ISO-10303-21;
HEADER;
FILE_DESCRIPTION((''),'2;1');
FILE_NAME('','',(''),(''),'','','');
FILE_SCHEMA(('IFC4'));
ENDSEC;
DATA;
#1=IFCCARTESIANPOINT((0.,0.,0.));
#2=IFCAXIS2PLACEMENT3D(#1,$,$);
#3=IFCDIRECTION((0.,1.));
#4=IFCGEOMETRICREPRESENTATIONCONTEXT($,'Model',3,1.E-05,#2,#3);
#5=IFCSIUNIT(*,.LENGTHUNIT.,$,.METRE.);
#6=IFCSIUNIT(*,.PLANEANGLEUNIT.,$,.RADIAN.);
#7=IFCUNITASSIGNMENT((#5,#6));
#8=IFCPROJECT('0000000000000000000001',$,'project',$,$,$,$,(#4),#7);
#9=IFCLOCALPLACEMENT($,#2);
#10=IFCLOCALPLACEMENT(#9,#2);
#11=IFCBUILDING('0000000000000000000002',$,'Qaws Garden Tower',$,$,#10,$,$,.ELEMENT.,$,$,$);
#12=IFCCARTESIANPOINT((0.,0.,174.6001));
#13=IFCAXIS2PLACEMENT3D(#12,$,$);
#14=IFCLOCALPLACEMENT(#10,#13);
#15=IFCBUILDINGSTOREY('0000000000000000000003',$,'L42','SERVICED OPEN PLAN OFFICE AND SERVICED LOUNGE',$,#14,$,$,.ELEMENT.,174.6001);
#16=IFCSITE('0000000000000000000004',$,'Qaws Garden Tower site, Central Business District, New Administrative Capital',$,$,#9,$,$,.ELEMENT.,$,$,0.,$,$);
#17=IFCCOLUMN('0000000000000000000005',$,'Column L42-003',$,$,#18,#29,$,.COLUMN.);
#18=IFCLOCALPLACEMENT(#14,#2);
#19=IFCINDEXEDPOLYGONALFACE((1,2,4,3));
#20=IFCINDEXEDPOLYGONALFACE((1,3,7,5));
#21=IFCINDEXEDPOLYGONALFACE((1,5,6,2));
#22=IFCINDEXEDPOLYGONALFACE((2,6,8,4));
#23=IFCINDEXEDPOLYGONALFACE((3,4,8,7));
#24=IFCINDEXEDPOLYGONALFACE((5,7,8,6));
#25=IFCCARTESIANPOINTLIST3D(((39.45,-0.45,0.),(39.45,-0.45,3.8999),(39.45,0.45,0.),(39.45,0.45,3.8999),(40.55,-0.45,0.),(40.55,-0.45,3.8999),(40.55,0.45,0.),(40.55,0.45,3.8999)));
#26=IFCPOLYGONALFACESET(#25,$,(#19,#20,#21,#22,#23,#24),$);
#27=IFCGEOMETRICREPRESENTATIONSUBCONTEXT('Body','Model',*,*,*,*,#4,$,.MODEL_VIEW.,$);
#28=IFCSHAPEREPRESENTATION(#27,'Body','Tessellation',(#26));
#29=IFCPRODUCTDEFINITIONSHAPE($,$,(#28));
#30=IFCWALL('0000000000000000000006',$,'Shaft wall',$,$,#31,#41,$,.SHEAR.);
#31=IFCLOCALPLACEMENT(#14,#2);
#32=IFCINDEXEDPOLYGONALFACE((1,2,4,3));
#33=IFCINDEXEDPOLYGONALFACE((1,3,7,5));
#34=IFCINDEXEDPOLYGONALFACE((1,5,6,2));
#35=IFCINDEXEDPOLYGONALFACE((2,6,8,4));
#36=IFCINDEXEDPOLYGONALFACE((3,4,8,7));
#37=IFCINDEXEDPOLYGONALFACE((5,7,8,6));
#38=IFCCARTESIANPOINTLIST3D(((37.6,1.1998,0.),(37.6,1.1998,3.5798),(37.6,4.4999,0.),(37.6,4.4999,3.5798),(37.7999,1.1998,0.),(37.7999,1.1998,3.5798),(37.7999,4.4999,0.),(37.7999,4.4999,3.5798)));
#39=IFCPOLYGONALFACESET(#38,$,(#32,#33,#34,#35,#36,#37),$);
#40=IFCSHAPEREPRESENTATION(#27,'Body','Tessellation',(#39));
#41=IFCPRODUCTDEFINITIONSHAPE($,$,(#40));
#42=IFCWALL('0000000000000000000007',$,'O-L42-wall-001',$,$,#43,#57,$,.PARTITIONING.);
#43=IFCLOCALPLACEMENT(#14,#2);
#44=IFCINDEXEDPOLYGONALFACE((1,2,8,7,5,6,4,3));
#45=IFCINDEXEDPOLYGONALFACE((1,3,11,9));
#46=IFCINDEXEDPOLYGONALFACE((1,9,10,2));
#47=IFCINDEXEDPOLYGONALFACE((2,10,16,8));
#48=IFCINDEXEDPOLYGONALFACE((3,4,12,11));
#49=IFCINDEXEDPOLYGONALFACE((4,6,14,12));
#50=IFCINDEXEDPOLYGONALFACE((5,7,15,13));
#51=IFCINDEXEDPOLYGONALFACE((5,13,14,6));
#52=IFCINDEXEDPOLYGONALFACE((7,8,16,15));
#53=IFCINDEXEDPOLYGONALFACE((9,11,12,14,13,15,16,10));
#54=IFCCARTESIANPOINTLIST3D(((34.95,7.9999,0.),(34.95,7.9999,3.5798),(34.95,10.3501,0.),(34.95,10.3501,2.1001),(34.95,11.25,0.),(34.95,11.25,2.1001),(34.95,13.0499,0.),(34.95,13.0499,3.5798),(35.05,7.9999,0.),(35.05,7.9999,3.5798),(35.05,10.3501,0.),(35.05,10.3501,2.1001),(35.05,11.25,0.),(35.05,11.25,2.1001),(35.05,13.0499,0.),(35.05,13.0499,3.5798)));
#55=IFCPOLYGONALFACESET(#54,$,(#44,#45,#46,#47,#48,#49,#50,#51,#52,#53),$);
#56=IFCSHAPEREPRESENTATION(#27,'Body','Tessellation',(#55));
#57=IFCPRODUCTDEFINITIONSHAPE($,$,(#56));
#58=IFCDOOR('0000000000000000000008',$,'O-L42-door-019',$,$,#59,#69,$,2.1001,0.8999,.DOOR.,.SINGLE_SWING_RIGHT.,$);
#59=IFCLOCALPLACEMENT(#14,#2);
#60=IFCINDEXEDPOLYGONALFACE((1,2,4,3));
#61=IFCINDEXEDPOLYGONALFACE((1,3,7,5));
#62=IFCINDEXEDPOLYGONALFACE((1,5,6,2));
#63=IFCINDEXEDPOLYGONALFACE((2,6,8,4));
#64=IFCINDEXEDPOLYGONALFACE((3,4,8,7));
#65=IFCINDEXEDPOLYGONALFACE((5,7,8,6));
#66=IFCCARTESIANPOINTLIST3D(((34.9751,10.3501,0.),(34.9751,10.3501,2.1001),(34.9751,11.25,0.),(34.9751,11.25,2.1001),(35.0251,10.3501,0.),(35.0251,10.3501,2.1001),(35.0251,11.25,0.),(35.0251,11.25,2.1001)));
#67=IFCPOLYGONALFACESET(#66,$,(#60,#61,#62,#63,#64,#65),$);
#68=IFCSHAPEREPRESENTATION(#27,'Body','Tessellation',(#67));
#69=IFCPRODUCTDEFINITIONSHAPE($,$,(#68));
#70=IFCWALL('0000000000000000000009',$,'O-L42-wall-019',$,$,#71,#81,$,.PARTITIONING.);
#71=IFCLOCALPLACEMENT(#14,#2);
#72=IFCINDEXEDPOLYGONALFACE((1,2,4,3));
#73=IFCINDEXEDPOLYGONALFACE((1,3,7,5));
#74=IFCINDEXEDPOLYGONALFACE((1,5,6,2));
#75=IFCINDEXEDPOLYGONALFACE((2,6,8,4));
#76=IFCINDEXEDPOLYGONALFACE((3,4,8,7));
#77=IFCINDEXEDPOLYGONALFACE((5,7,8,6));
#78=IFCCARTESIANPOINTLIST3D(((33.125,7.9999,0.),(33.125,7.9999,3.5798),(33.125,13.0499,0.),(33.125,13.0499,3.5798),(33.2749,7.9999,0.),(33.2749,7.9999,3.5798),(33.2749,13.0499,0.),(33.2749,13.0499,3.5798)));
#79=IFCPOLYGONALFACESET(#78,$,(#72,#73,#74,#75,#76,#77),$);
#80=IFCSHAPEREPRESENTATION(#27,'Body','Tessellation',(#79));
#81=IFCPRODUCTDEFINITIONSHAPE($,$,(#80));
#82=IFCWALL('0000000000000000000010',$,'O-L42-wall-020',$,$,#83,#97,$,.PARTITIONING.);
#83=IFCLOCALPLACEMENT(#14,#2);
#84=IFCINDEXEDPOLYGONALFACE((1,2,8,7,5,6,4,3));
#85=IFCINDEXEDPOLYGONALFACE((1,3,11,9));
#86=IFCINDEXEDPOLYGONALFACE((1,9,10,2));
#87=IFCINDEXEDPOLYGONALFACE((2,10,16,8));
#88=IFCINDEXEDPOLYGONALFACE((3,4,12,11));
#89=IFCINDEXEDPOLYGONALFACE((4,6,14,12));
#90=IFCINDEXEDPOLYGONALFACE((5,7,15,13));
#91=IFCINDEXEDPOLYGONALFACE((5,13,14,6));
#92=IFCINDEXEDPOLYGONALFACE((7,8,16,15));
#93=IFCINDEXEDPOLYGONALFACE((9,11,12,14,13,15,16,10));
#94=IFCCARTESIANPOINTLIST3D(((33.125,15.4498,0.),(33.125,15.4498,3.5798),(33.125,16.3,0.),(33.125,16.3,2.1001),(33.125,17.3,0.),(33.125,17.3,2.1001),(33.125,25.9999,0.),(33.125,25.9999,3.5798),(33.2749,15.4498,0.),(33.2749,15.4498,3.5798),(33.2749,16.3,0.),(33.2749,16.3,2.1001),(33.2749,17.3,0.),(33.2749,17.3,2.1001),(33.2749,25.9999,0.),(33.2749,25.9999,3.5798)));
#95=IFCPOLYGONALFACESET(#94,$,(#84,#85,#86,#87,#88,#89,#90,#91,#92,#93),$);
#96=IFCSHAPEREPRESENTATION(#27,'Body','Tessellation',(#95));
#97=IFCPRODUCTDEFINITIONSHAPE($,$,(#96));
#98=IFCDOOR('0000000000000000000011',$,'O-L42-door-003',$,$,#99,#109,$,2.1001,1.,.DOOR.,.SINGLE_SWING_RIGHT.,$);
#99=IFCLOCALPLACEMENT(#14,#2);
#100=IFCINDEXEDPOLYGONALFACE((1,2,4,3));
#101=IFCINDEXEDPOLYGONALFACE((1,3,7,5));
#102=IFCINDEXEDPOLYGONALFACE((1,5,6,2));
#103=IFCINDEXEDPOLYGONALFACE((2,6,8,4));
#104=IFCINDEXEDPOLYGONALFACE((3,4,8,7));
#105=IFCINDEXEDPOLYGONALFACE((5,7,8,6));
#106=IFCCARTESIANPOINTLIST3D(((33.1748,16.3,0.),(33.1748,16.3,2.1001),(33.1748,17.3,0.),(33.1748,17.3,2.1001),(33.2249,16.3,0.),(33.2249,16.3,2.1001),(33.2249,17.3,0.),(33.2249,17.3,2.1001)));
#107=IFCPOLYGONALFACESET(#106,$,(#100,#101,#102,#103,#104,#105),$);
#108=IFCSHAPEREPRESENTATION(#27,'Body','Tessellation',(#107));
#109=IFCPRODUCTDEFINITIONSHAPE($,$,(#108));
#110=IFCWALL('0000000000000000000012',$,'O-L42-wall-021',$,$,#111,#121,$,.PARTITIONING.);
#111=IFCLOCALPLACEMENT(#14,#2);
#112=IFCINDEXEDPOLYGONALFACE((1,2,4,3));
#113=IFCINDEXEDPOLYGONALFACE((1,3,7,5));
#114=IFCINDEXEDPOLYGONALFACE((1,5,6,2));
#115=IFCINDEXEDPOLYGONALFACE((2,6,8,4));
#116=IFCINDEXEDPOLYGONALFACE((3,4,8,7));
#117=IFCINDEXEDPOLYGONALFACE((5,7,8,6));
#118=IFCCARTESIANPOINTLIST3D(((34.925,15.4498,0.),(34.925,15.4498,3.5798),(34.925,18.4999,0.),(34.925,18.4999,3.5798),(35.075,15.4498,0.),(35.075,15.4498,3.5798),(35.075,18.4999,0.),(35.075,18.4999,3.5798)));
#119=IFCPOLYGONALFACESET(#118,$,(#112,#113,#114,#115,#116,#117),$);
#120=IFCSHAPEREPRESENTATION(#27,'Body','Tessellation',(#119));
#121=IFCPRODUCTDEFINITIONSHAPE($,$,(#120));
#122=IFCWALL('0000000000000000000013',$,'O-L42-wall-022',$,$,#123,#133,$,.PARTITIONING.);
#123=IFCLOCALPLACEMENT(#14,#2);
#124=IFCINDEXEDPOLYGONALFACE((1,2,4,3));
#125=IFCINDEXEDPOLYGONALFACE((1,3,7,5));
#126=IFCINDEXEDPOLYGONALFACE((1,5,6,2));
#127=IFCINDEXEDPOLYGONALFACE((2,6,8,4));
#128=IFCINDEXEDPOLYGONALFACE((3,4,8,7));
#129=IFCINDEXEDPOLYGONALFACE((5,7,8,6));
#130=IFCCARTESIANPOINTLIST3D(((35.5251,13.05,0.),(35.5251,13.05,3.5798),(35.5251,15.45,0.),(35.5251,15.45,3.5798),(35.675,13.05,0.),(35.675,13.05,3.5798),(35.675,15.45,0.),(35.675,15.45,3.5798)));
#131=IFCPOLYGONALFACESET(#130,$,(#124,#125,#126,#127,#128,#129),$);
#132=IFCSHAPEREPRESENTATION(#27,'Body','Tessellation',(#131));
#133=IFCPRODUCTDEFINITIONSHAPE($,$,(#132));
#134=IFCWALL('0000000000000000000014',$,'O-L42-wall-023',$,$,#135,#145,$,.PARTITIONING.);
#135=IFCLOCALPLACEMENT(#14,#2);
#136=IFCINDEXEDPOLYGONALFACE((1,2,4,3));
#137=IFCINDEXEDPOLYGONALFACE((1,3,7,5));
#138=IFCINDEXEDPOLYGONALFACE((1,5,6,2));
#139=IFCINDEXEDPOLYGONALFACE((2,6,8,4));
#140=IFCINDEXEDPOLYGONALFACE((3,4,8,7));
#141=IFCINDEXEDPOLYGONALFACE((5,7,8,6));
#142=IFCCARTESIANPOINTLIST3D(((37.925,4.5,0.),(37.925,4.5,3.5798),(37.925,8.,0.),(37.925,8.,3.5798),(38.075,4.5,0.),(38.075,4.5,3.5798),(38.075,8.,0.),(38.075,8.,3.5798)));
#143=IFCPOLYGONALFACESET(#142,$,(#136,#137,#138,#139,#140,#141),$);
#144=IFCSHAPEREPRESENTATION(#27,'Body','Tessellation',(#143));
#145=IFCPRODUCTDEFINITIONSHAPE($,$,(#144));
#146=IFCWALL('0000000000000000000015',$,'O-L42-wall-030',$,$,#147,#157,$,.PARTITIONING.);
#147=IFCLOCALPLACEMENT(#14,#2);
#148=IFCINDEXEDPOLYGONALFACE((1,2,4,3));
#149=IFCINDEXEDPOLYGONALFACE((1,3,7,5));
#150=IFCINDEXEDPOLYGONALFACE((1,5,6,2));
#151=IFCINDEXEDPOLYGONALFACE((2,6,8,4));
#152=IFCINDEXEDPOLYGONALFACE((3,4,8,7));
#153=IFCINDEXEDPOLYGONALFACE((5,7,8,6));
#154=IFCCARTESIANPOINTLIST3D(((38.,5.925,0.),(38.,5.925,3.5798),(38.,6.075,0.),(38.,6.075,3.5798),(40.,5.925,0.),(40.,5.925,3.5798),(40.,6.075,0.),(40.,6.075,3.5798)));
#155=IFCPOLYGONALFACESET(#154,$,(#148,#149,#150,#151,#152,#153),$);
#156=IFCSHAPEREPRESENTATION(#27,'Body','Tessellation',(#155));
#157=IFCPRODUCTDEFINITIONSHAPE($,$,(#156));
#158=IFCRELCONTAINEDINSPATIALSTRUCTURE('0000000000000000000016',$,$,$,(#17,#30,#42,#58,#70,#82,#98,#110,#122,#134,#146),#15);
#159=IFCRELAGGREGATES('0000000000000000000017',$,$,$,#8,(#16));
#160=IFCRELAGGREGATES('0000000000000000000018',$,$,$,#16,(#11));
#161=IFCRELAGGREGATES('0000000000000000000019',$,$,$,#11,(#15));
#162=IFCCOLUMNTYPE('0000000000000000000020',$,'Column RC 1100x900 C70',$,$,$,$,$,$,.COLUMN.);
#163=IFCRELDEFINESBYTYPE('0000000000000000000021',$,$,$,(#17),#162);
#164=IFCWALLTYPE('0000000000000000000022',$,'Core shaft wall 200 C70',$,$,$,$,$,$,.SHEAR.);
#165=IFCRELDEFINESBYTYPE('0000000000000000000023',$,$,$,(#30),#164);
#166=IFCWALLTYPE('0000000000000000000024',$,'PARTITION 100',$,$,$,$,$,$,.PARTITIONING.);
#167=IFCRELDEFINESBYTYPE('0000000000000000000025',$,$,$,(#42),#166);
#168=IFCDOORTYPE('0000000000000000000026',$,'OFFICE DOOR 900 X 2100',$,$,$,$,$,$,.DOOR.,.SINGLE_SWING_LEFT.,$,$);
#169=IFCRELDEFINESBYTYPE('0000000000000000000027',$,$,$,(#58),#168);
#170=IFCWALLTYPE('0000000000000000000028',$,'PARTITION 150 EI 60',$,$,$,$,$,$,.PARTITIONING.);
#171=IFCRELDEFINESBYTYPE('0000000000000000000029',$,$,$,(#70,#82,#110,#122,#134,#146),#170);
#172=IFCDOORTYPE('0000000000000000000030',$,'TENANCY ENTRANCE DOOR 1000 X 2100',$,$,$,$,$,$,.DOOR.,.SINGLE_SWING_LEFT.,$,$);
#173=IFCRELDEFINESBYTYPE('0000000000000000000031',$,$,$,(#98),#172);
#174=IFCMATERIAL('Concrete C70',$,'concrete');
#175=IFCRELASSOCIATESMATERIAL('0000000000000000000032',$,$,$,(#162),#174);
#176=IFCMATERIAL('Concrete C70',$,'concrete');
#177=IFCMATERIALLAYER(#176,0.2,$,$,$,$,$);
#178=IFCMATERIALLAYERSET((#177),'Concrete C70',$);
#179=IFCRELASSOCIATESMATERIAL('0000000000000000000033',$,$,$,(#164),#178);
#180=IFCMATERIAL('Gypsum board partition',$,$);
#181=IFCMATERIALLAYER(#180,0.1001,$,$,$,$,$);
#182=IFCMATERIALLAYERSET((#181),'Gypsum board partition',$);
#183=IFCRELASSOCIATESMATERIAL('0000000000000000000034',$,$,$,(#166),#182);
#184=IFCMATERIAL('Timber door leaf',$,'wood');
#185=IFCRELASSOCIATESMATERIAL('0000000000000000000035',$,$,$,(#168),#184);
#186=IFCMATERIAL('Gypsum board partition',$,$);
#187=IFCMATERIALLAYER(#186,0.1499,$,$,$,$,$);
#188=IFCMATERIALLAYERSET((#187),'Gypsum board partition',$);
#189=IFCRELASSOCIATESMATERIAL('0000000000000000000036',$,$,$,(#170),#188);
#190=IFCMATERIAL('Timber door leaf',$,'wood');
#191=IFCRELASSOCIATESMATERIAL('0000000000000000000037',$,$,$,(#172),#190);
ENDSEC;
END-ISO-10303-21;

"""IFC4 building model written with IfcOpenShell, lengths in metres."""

from ifc_helpers import new_model, si_unit, direction, frame, frame_2d, origin, origin_2d, place, context, subcontext, project, spatial, rectangle, extrude, material, layer, layer_set, material_profile, profile_set, type_object, element, fill, save


model = new_model("IFC4")

# Units and contexts
model_context = context("Model", 3, precision=1e-05, world=origin(), true_north=direction((0.0, 1.0)))
body_context = subcontext(model_context, "Body", "Model", "MODEL_VIEW")
ifc_project = project(units=[si_unit("LENGTHUNIT", "METRE"), si_unit("PLANEANGLEUNIT", "RADIAN")], contexts=[model_context])

# Site, building, storey
site_placement = place(None, origin())
site = spatial("IfcSite", under=ifc_project, at=site_placement, Name="Qaws Garden Tower site, Central Business District, New Administrative Capital", CompositionType="ELEMENT", RefElevation=0.0)
building_placement = place(site_placement, origin())
building = spatial("IfcBuilding", under=site, at=building_placement, Name="Qaws Garden Tower", CompositionType="ELEMENT")
storey_placement = place(building_placement, frame((0.0, 0.0, 174.6001)))
storey = spatial("IfcBuildingStorey", under=building, at=storey_placement, Name="L42", Description="SERVICED OPEN PLAN OFFICE AND SERVICED LOUNGE", CompositionType="ELEMENT", Elevation=174.6001)

# Column
ifc_material_1 = material(Name="Concrete C70", Category="concrete")
ifc_material_profile = material_profile(ifc_material_1, rectangle(XDim=1.1001, YDim=0.8999, at=origin_2d()), Name="RC 1100x900")
ifc_profile_set = profile_set([ifc_material_profile], Name="Concrete C70")
column_type = type_object("IfcColumnType", Name="Column RC 1100x900 C70", PredefinedType="COLUMN", material=ifc_profile_set)
column_placement = place(storey_placement, frame((40.0, 0.0, 0.0), z_axis=(0.0, 0.0, 1.0), x_axis=(1.0, 0.0, 0.0)))
element("IfcColumn", 1, at=column_placement, inside=storey, type_object=column_type, Name="Column L42-003", PredefinedType="COLUMN", context=body_context, shape_type="SweptSolid", body=[
    extrude(rectangle(XDim=1.1001, YDim=0.8999, at=origin_2d()), origin(), (0.0, 0.0, 1.0), 3.8999),
])

# Wall
ifc_material_2 = material(Name="Concrete C70", Category="concrete")
ifc_layer_1 = layer(ifc_material_2, 0.2)
ifc_layer_set_1 = layer_set([ifc_layer_1], Name="Concrete C70")
wall_type_1 = type_object("IfcWallType", Name="Core shaft wall 200 C70", PredefinedType="SHEAR", material=ifc_layer_set_1)
wall_1_placement = place(storey_placement, frame((37.7, 1.2, 0.0), z_axis=(0.0, 0.0, 1.0), x_axis=(0.0, 1.0, 0.0)))
element("IfcWall", 2, at=wall_1_placement, inside=storey, type_object=wall_type_1, Name="Shaft wall", PredefinedType="SHEAR", context=body_context, shape_type="SweptSolid", body=[
    extrude(rectangle(XDim=3.3, YDim=0.2, at=frame_2d((1.6499, 0.0))), origin(), (0.0, 0.0, 1.0), 3.5798),
])

# Wall, opening, door
ifc_material_3 = material(Name="Gypsum board partition")
ifc_layer_2 = layer(ifc_material_3, 0.1001)
ifc_layer_set_2 = layer_set([ifc_layer_2], Name="Gypsum board partition")
wall_type_2 = type_object("IfcWallType", Name="PARTITION 100", PredefinedType="PARTITIONING", material=ifc_layer_set_2)
wall_2_placement = place(storey_placement, frame((35.0, 8.0, 0.0), z_axis=(0.0, 0.0, 1.0), x_axis=(0.0, 1.0, 0.0)))
wall_2 = element("IfcWall", 3, at=wall_2_placement, inside=storey, type_object=wall_type_2, Name="O-L42-wall-001", PredefinedType="PARTITIONING", context=body_context, shape_type="SweptSolid", body=[
    extrude(rectangle(XDim=5.05, YDim=0.1001, at=frame_2d((2.5249, 0.0))), origin(), (0.0, 0.0, 1.0), 3.5798),
])
opening_1_placement = place(wall_2_placement, frame((2.3501, 0.0, 0.0)))
opening_1 = element("IfcOpeningElement", 4, at=opening_1_placement, cuts=wall_2, PredefinedType="OPENING", context=body_context, shape_type="SweptSolid", body=[
    extrude(rectangle(XDim=0.8999, YDim=2.1001, at=frame_2d((0.45, 1.05))), frame((0.0, 0.0601, 0.0), z_axis=(0.0, -1.0, 0.0), x_axis=(1.0, 0.0, 0.0)), (0.0, 0.0, 1.0), 0.1201),
])
ifc_material_4 = material(Name="Timber door leaf", Category="wood")
door_type_1 = type_object("IfcDoorType", Name="OFFICE DOOR 900 X 2100", OperationType="SINGLE_SWING_LEFT", PredefinedType="DOOR", material=ifc_material_4)
door_1_placement = place(opening_1_placement, origin())
door_1 = element("IfcDoor", 5, at=door_1_placement, inside=storey, type_object=door_type_1, Name="O-L42-door-019", OperationType="SINGLE_SWING_RIGHT", OverallHeight=2.1001, OverallWidth=0.8999, PredefinedType="DOOR", context=body_context, shape_type="SweptSolid", body=[
    extrude(rectangle(XDim=0.8999, YDim=2.1001, at=frame_2d((0.45, 1.05))), frame((0.0, 0.0249, 0.0), z_axis=(0.0, -1.0, 0.0), x_axis=(1.0, 0.0, 0.0)), (0.0, 0.0, 1.0), 0.05),
])
fill(opening_1, door_1)

# Wall
ifc_material_5 = material(Name="Gypsum board partition")
ifc_layer_3 = layer(ifc_material_5, 0.1499)
ifc_layer_set_3 = layer_set([ifc_layer_3], Name="Gypsum board partition")
wall_type_3 = type_object("IfcWallType", Name="PARTITION 150 EI 60", PredefinedType="PARTITIONING", material=ifc_layer_set_3)
wall_3_placement = place(storey_placement, frame((33.2, 8.0, 0.0), z_axis=(0.0, 0.0, 1.0), x_axis=(0.0, 1.0, 0.0)))
element("IfcWall", 6, at=wall_3_placement, inside=storey, type_object=wall_type_3, Name="O-L42-wall-019", PredefinedType="PARTITIONING", context=body_context, shape_type="SweptSolid", body=[
    extrude(rectangle(XDim=5.05, YDim=0.1499, at=frame_2d((2.5249, 0.0))), origin(), (0.0, 0.0, 1.0), 3.5798),
])

# Wall, opening, door
wall_4_placement = place(storey_placement, frame((33.2, 15.45, 0.0), z_axis=(0.0, 0.0, 1.0), x_axis=(0.0, 1.0, 0.0)))
wall_4 = element("IfcWall", 7, at=wall_4_placement, inside=storey, type_object=wall_type_3, Name="O-L42-wall-020", PredefinedType="PARTITIONING", context=body_context, shape_type="SweptSolid", body=[
    extrude(rectangle(XDim=10.55, YDim=0.1499, at=frame_2d((5.2749, 0.0))), origin(), (0.0, 0.0, 1.0), 3.5798),
])
opening_2_placement = place(wall_4_placement, frame((0.8501, 0.0, 0.0)))
opening_2 = element("IfcOpeningElement", 8, at=opening_2_placement, cuts=wall_4, PredefinedType="OPENING", context=body_context, shape_type="SweptSolid", body=[
    extrude(rectangle(XDim=1.0, YDim=2.1001, at=frame_2d((0.5, 1.05))), frame((0.0, 0.085, 0.0), z_axis=(0.0, -1.0, 0.0), x_axis=(1.0, 0.0, 0.0)), (0.0, 0.0, 1.0), 0.1699),
])
ifc_material_6 = material(Name="Timber door leaf", Category="wood")
door_type_2 = type_object("IfcDoorType", Name="TENANCY ENTRANCE DOOR 1000 X 2100", OperationType="SINGLE_SWING_LEFT", PredefinedType="DOOR", material=ifc_material_6)
door_2_placement = place(opening_2_placement, frame((1.0, 0.0, 0.0), z_axis=(0.0, 0.0, 1.0), x_axis=(-1.0, 0.0, 0.0)))
door_2 = element("IfcDoor", 9, at=door_2_placement, inside=storey, type_object=door_type_2, Name="O-L42-door-003", OperationType="SINGLE_SWING_RIGHT", OverallHeight=2.1001, OverallWidth=1.0, PredefinedType="DOOR", context=body_context, shape_type="SweptSolid", body=[
    extrude(rectangle(XDim=1.0, YDim=2.1001, at=frame_2d((0.5, 1.05))), frame((0.0, 0.0249, 0.0), z_axis=(0.0, -1.0, 0.0), x_axis=(1.0, 0.0, 0.0)), (0.0, 0.0, 1.0), 0.05),
])
fill(opening_2, door_2)

# Walls
wall_5_placement = place(storey_placement, frame((35.0, 15.45, 0.0), z_axis=(0.0, 0.0, 1.0), x_axis=(0.0, 1.0, 0.0)))
element("IfcWall", 10, at=wall_5_placement, inside=storey, type_object=wall_type_3, Name="O-L42-wall-021", PredefinedType="PARTITIONING", context=body_context, shape_type="SweptSolid", body=[
    extrude(rectangle(XDim=3.05, YDim=0.1499, at=frame_2d((1.5249, 0.0))), origin(), (0.0, 0.0, 1.0), 3.5798),
])
wall_6_placement = place(storey_placement, frame((35.6001, 13.05, 0.0), z_axis=(0.0, 0.0, 1.0), x_axis=(0.0, 1.0, 0.0)))
element("IfcWall", 11, at=wall_6_placement, inside=storey, type_object=wall_type_3, Name="O-L42-wall-022", PredefinedType="PARTITIONING", context=body_context, shape_type="SweptSolid", body=[
    extrude(rectangle(XDim=2.3999, YDim=0.1499, at=frame_2d((1.2, 0.0))), origin(), (0.0, 0.0, 1.0), 3.5798),
])
wall_7_placement = place(storey_placement, frame((38.0, 4.5, 0.0), z_axis=(0.0, 0.0, 1.0), x_axis=(0.0, 1.0, 0.0)))
element("IfcWall", 12, at=wall_7_placement, inside=storey, type_object=wall_type_3, Name="O-L42-wall-023", PredefinedType="PARTITIONING", context=body_context, shape_type="SweptSolid", body=[
    extrude(rectangle(XDim=3.5, YDim=0.1499, at=frame_2d((1.75, 0.0))), origin(), (0.0, 0.0, 1.0), 3.5798),
])
wall_8_placement = place(storey_placement, frame((38.0, 6.0, 0.0), z_axis=(0.0, 0.0, 1.0), x_axis=(1.0, 0.0, 0.0)))
element("IfcWall", 13, at=wall_8_placement, inside=storey, type_object=wall_type_3, Name="O-L42-wall-030", PredefinedType="PARTITIONING", context=body_context, shape_type="SweptSolid", body=[
    extrude(rectangle(XDim=2.0, YDim=0.1499, at=frame_2d((1.0, 0.0))), origin(), (0.0, 0.0, 1.0), 3.5798),
])

save(model, "model.ifc")
